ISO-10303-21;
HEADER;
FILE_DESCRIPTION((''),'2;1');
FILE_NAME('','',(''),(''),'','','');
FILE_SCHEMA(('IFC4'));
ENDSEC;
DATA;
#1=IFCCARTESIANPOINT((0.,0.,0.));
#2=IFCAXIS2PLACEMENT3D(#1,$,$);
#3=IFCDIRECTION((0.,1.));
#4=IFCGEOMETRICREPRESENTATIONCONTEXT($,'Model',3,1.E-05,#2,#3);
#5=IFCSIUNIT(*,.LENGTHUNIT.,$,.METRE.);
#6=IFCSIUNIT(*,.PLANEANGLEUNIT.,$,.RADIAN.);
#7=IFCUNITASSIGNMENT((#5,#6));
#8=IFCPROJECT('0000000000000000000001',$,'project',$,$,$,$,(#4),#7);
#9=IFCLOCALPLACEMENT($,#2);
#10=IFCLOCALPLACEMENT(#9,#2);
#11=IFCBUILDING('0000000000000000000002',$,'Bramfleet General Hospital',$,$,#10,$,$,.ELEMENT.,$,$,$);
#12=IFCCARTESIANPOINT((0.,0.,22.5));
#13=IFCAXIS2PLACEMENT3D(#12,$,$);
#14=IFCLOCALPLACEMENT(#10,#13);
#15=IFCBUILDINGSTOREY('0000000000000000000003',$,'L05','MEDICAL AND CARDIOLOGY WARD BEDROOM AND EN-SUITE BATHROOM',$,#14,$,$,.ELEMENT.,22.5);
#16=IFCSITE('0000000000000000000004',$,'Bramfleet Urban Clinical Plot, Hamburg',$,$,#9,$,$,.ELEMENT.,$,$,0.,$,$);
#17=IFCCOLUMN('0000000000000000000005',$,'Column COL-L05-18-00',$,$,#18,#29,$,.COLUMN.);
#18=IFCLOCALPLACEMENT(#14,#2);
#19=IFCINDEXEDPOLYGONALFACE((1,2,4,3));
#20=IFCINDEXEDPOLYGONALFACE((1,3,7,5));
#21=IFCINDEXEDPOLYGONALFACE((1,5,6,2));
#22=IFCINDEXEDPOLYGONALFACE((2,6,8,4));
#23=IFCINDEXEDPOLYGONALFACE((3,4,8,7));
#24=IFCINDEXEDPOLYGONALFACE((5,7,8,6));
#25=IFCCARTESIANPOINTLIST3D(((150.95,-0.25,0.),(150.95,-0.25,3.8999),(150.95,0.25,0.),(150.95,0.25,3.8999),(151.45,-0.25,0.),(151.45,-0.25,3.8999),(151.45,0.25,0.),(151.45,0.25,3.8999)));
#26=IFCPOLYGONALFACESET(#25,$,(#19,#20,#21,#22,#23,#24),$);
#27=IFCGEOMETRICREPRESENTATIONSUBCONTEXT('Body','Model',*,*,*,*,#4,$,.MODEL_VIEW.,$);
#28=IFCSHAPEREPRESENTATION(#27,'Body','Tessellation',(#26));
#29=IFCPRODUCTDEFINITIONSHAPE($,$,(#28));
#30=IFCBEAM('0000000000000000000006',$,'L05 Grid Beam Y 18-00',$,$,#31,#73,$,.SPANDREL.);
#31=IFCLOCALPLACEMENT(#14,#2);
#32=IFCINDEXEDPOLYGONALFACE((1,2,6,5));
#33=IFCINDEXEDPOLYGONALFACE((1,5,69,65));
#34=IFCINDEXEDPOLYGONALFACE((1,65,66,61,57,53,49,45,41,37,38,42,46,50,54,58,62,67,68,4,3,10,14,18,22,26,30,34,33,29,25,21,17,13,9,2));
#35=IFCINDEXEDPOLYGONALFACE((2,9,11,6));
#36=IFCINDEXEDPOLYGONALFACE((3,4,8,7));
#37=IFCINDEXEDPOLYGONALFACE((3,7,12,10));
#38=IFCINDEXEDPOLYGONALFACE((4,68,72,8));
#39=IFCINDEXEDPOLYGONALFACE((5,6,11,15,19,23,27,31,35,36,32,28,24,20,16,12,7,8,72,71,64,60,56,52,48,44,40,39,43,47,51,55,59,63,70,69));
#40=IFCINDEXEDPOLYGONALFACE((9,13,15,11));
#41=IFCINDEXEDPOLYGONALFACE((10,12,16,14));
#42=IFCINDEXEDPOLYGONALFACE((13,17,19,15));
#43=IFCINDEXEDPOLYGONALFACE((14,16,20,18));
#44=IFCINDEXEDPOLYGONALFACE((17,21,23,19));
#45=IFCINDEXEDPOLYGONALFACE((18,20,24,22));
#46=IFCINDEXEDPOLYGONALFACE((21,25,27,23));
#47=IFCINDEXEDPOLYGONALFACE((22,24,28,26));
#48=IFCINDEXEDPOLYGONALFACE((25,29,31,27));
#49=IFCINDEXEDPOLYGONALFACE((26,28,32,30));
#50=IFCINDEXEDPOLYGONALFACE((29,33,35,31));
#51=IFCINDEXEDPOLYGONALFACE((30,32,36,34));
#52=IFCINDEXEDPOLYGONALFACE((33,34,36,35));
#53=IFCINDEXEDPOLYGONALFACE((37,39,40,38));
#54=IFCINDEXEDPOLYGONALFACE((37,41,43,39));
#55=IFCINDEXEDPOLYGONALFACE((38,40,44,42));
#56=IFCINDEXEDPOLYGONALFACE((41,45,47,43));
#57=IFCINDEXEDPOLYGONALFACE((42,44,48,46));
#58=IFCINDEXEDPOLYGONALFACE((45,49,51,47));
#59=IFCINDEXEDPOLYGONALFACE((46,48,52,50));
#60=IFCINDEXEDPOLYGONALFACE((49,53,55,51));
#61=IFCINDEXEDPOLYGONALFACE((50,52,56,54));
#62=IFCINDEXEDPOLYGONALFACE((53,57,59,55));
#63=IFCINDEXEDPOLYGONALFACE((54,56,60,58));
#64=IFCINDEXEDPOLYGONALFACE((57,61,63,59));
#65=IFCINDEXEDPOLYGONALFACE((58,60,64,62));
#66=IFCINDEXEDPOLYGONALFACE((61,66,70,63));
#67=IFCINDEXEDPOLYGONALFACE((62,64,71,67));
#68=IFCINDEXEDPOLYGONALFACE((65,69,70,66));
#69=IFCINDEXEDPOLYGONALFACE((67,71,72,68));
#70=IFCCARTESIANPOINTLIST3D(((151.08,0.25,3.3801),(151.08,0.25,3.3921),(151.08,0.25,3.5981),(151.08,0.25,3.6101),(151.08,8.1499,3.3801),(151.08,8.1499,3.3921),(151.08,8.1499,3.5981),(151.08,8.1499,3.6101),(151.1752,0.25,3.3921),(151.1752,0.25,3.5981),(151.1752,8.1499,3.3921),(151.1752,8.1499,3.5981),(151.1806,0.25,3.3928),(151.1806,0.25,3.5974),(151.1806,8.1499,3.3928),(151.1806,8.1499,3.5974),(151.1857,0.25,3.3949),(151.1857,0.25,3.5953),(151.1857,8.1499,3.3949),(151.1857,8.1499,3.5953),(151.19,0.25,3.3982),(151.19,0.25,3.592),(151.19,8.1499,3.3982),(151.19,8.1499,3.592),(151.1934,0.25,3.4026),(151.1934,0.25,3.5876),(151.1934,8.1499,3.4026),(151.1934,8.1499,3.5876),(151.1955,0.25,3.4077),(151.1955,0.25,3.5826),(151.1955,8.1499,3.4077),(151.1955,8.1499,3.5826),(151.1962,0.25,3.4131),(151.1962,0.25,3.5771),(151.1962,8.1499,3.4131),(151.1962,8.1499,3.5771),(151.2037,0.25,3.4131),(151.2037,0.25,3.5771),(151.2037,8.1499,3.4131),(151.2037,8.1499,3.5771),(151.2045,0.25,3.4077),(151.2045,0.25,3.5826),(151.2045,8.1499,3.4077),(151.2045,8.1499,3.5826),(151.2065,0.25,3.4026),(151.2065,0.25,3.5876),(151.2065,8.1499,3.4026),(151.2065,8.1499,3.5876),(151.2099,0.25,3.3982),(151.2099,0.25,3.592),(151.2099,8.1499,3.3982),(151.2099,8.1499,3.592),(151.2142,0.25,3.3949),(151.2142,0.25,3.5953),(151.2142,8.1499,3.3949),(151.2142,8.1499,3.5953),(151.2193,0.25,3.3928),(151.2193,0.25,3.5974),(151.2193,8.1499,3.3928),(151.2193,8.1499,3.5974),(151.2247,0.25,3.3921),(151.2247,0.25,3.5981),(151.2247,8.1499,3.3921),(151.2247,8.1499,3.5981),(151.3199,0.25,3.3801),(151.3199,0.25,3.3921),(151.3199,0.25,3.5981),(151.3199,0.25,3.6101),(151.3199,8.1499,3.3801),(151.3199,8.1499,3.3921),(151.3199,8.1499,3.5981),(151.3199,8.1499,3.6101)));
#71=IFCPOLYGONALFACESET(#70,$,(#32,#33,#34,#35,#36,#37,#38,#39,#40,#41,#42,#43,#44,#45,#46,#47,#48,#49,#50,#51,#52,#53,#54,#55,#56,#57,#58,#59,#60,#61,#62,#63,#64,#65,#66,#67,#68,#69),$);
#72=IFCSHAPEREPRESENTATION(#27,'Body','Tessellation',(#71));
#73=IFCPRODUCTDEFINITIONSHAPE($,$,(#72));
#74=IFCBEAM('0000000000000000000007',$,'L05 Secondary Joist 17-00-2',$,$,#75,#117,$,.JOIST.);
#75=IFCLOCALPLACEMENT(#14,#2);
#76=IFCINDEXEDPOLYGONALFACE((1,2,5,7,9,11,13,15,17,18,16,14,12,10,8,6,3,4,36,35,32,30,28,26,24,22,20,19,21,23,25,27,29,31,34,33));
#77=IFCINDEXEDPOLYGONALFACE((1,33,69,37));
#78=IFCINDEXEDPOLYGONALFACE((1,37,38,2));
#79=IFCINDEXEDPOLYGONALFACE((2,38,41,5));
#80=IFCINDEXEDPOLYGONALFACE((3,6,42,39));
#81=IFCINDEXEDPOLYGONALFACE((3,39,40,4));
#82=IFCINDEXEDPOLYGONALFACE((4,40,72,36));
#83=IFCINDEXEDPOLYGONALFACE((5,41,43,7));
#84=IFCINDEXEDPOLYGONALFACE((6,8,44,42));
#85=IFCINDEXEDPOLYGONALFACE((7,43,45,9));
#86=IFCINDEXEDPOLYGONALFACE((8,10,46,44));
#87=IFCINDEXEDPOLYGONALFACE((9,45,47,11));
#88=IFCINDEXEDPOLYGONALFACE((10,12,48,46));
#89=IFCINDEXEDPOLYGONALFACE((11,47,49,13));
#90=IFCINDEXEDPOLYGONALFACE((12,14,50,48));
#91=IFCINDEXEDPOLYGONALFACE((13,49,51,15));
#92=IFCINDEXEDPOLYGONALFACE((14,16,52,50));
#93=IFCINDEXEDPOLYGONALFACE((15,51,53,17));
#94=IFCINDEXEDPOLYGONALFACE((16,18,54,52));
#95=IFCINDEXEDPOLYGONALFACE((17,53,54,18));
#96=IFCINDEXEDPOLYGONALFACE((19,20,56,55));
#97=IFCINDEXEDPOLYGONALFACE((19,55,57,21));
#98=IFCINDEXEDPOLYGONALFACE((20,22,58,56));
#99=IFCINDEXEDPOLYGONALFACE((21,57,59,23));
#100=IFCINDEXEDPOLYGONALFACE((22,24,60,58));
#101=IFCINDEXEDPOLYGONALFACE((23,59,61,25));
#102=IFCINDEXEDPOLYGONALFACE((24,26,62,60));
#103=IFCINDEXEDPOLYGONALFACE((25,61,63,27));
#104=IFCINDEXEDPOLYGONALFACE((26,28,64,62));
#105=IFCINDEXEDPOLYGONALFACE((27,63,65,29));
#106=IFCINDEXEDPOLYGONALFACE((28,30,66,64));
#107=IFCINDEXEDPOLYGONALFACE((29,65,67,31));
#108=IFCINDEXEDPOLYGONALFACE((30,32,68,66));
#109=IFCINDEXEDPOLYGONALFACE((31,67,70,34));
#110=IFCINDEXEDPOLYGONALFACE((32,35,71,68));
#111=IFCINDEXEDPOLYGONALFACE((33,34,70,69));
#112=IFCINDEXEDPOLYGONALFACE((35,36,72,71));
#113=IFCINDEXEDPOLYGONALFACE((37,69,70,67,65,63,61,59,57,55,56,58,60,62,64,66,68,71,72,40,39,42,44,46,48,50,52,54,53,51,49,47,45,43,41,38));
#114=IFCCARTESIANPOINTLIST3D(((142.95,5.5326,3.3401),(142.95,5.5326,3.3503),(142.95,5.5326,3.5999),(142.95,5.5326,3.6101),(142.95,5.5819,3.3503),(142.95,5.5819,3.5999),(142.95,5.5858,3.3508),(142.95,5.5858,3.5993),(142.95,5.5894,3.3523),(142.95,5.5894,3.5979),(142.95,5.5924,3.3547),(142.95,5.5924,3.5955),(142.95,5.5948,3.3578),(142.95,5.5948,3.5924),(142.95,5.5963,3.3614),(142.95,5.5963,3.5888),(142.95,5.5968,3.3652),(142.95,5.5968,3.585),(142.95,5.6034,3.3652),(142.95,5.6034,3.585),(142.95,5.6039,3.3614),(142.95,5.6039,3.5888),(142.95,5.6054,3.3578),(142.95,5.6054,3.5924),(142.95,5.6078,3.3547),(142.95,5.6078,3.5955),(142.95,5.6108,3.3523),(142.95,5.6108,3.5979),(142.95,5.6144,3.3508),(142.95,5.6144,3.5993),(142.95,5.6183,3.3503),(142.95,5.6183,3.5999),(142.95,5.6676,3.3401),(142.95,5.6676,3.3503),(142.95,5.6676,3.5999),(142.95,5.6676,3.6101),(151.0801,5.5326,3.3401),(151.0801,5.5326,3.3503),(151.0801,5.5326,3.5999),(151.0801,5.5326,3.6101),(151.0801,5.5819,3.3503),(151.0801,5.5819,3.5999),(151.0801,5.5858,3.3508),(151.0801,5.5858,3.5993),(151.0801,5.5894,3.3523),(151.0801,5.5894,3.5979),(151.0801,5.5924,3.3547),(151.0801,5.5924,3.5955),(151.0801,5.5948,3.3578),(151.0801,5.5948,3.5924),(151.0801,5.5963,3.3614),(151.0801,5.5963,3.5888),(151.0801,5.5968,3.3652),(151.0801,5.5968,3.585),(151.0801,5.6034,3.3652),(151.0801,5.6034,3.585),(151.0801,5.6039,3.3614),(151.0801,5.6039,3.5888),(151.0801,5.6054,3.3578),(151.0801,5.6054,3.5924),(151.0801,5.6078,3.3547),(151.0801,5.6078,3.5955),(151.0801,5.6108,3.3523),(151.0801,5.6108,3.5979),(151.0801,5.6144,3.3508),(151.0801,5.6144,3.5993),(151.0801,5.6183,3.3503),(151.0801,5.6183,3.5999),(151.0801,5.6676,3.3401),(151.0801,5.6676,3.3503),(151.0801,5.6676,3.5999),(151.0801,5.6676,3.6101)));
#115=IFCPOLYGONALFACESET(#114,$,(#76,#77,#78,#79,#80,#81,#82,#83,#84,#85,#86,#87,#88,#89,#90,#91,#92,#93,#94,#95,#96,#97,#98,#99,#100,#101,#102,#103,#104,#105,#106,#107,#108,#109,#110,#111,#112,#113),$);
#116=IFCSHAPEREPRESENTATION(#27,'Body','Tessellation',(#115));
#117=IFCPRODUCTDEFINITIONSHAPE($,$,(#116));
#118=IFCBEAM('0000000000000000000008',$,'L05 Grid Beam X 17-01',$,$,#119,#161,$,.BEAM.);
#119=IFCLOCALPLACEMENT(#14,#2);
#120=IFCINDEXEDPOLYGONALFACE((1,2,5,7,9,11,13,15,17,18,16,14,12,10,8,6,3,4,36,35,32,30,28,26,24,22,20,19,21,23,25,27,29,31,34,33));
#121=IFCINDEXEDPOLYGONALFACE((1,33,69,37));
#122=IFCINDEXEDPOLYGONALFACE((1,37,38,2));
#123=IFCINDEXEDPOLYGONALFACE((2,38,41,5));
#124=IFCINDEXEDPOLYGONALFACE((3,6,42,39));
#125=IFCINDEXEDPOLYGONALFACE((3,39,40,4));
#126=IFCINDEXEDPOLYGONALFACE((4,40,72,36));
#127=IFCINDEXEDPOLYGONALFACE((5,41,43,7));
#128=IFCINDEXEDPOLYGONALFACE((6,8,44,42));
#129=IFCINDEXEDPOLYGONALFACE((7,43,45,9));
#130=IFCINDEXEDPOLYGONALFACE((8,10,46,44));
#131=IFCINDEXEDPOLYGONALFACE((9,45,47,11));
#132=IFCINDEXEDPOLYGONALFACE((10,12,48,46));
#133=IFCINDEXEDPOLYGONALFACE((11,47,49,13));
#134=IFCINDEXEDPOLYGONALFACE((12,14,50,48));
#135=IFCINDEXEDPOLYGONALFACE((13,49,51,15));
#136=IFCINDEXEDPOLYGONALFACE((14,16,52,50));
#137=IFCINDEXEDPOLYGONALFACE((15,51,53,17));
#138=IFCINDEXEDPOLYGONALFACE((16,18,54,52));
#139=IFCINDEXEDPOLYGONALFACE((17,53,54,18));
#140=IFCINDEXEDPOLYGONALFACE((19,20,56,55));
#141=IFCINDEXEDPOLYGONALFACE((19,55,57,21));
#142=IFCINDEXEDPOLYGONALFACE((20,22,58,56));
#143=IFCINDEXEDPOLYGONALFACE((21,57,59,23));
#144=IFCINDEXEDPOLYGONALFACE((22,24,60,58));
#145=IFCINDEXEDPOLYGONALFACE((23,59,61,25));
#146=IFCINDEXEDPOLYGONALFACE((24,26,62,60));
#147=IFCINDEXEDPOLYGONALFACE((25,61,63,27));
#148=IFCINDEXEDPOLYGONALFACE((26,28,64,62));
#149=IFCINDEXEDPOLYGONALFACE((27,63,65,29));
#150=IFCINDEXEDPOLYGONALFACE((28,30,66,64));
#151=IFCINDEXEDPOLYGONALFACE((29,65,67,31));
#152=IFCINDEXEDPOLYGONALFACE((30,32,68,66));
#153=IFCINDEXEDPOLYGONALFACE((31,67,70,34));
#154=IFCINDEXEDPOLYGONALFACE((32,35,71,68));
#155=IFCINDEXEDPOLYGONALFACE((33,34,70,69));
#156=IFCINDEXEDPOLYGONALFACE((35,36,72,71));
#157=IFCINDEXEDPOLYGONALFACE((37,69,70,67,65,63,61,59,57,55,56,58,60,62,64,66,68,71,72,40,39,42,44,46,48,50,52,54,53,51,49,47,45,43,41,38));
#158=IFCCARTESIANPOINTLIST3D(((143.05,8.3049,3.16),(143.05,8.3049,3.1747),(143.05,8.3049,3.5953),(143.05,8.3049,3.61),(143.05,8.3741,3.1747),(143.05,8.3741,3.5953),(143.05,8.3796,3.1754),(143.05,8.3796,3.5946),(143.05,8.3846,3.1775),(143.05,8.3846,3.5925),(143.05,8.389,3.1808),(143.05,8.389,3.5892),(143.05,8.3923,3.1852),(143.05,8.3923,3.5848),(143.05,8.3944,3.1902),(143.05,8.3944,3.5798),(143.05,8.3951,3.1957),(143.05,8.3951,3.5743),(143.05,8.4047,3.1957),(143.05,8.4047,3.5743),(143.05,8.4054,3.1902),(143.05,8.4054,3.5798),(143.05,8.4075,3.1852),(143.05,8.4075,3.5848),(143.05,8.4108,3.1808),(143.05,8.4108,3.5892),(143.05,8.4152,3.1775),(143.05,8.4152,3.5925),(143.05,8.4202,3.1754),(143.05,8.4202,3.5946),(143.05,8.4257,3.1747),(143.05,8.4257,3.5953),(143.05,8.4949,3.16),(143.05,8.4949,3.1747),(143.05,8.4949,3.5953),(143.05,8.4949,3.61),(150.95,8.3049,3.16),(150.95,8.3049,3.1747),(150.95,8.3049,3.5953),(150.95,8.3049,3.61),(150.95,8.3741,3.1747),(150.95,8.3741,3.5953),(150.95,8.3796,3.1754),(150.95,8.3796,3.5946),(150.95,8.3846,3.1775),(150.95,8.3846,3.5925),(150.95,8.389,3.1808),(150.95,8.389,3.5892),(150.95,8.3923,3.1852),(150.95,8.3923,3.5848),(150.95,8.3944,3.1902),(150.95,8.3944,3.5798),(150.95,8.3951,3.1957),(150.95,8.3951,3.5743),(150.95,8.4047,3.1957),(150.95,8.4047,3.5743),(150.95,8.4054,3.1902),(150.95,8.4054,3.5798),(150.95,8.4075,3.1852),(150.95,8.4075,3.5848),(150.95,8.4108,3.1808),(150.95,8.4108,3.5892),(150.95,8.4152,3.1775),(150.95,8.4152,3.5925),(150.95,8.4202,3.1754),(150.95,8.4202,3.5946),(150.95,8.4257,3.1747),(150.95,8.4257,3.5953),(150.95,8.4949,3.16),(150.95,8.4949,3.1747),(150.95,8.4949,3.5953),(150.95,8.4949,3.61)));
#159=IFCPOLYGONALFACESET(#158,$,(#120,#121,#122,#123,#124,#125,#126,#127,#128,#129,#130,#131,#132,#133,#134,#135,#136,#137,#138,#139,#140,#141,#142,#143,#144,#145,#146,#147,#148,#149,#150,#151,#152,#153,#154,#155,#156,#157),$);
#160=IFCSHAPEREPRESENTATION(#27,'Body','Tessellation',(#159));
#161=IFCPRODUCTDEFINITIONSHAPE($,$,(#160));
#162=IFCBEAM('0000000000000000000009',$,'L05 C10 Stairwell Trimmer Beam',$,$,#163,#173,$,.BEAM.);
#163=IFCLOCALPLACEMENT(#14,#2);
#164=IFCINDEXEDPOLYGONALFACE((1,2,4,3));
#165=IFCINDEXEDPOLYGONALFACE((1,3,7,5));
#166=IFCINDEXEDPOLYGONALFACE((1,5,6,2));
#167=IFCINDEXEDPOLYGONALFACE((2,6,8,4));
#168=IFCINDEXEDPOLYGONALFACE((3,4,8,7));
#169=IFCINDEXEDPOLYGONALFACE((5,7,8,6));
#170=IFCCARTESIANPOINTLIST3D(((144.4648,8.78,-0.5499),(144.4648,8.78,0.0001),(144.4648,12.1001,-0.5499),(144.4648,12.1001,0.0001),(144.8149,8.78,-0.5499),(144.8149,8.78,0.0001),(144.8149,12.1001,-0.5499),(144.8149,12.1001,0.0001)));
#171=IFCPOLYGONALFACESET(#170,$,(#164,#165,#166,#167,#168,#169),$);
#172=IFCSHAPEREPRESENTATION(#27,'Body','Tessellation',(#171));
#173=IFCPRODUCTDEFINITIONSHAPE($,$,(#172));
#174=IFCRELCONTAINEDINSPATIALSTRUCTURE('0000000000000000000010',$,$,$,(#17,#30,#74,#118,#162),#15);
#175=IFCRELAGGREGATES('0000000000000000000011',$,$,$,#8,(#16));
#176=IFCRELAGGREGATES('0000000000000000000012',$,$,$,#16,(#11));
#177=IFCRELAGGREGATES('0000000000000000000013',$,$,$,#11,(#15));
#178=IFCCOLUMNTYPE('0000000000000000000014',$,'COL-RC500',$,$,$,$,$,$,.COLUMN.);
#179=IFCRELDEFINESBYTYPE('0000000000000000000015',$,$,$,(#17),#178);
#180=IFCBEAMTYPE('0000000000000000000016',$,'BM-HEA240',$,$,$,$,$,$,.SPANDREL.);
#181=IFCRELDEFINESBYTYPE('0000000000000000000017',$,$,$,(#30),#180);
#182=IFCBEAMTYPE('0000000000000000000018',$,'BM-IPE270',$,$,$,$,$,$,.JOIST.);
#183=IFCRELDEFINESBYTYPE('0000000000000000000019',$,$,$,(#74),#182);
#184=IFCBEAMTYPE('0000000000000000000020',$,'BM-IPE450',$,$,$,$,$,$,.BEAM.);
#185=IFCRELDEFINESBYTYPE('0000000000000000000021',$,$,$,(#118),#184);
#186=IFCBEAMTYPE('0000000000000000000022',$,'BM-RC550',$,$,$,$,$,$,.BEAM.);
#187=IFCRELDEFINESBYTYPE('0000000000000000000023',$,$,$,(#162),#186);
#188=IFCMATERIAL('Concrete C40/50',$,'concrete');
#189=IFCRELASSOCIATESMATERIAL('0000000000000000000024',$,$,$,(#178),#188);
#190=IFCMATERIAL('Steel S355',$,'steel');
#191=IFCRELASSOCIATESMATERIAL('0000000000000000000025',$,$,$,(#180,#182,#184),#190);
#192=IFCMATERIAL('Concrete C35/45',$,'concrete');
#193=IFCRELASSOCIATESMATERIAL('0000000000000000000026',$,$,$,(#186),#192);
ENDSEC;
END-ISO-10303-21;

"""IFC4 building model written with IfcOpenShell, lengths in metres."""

from ifc_helpers import new_model, si_unit, direction, frame, origin, origin_2d, place, context, subcontext, project, spatial, rectangle, i_section, extrude, material, material_profile, profile_set, type_object, element, save


model = new_model("IFC4")

# Units and contexts
model_context = context("Model", 3, precision=1e-05, world=origin(), true_north=direction((0.0, 1.0)))
body_context = subcontext(model_context, "Body", "Model", "MODEL_VIEW")
ifc_project = project(units=[si_unit("LENGTHUNIT", "METRE"), si_unit("PLANEANGLEUNIT", "RADIAN")], contexts=[model_context])

# Site, building, storey
site_placement = place(None, origin())
site = spatial("IfcSite", under=ifc_project, at=site_placement, Name="Bramfleet Urban Clinical Plot, Hamburg", CompositionType="ELEMENT", RefElevation=0.0)
building_placement = place(site_placement, origin())
building = spatial("IfcBuilding", under=site, at=building_placement, Name="Bramfleet General Hospital", CompositionType="ELEMENT")
storey_placement = place(building_placement, frame((0.0, 0.0, 22.5)))
storey = spatial("IfcBuildingStorey", under=building, at=storey_placement, Name="L05", Description="MEDICAL AND CARDIOLOGY WARD BEDROOM AND EN-SUITE BATHROOM", CompositionType="ELEMENT", Elevation=22.5)

# Column
ifc_material_1 = material(Name="Concrete C40/50", Category="concrete")
ifc_material_profile_1 = material_profile(ifc_material_1, rectangle(XDim=0.5, YDim=0.5, at=origin_2d()), Name="RC COL 500x500")
ifc_profile_set_1 = profile_set([ifc_material_profile_1], Name="Concrete C40/50")
column_type = type_object("IfcColumnType", Name="COL-RC500", PredefinedType="COLUMN", material=ifc_profile_set_1)
column_placement = place(storey_placement, frame((151.2, 0.0, 0.0), z_axis=(0.0, 0.0, 1.0), x_axis=(1.0, 0.0, 0.0)))
element("IfcColumn", 1, at=column_placement, inside=storey, type_object=column_type, Name="Column COL-L05-18-00", PredefinedType="COLUMN", context=body_context, shape_type="SweptSolid", body=[
    extrude(rectangle(XDim=0.5, YDim=0.5, at=origin_2d()), origin(), (0.0, 0.0, 1.0), 3.8999),
])

# Beams
ifc_material_2 = material(Name="Steel S355", Category="steel")
ifc_material_profile_2 = material_profile(ifc_material_2, i_section(OverallWidth=0.24, OverallDepth=0.23, WebThickness=0.0076, FlangeThickness=0.012, FilletRadius=0.021, at=origin_2d()), Name="HEA 240")
ifc_profile_set_2 = profile_set([ifc_material_profile_2], Name="Steel S355")
beam_type_1 = type_object("IfcBeamType", Name="BM-HEA240", PredefinedType="SPANDREL", material=ifc_profile_set_2)
beam_1_placement = place(storey_placement, frame((151.2, 0.25, 3.4951), z_axis=(0.0, 1.0, 0.0), x_axis=(-1.0, 0.0, 0.0)))
element("IfcBeam", 2, at=beam_1_placement, inside=storey, type_object=beam_type_1, Name="L05 Grid Beam Y 18-00", PredefinedType="SPANDREL", context=body_context, shape_type="SweptSolid", body=[
    extrude(i_section(OverallWidth=0.24, OverallDepth=0.23, WebThickness=0.0076, FlangeThickness=0.012, FilletRadius=0.021, at=origin_2d()), origin(), (0.0, 0.0, 1.0), 7.8999),
])
ifc_material_profile_3 = material_profile(ifc_material_2, i_section(OverallWidth=0.135, OverallDepth=0.27, WebThickness=0.0066, FlangeThickness=0.0103, FilletRadius=0.0149, at=origin_2d()), Name="IPE 270")
ifc_profile_set_3 = profile_set([ifc_material_profile_3], Name="Steel S355")
beam_type_2 = type_object("IfcBeamType", Name="BM-IPE270", PredefinedType="JOIST", material=ifc_profile_set_3)
beam_2_placement = place(storey_placement, frame((142.95, 5.6001, 3.4751), z_axis=(1.0, 0.0, 0.0), x_axis=(0.0, 1.0, 0.0)))
element("IfcBeam", 3, at=beam_2_placement, inside=storey, type_object=beam_type_2, Name="L05 Secondary Joist 17-00-2", PredefinedType="JOIST", context=body_context, shape_type="SweptSolid", body=[
    extrude(i_section(OverallWidth=0.135, OverallDepth=0.27, WebThickness=0.0066, FlangeThickness=0.0103, FilletRadius=0.0149, at=origin_2d()), origin(), (0.0, 0.0, 1.0), 8.1301),
])
ifc_material_profile_4 = material_profile(ifc_material_2, i_section(OverallWidth=0.1899, OverallDepth=0.45, WebThickness=0.0095, FlangeThickness=0.0146, FilletRadius=0.021, at=origin_2d()), Name="IPE 450")
ifc_profile_set_4 = profile_set([ifc_material_profile_4], Name="Steel S355")
beam_type_3 = type_object("IfcBeamType", Name="BM-IPE450", PredefinedType="BEAM", material=ifc_profile_set_4)
beam_3_placement = place(storey_placement, frame((143.05, 8.3999, 3.385), z_axis=(1.0, 0.0, 0.0), x_axis=(0.0, 1.0, 0.0)))
element("IfcBeam", 4, at=beam_3_placement, inside=storey, type_object=beam_type_3, Name="L05 Grid Beam X 17-01", PredefinedType="BEAM", context=body_context, shape_type="SweptSolid", body=[
    extrude(i_section(OverallWidth=0.1899, OverallDepth=0.45, WebThickness=0.0095, FlangeThickness=0.0146, FilletRadius=0.021, at=origin_2d()), origin(), (0.0, 0.0, 1.0), 7.8999),
])
ifc_material_3 = material(Name="Concrete C35/45", Category="concrete")
ifc_material_profile_5 = material_profile(ifc_material_3, rectangle(XDim=0.3501, YDim=0.55, at=origin_2d()), Name="RC BM 550x350")
ifc_profile_set_5 = profile_set([ifc_material_profile_5], Name="Concrete C35/45")
beam_type_4 = type_object("IfcBeamType", Name="BM-RC550", PredefinedType="BEAM", material=ifc_profile_set_5)
beam_4_placement = place(storey_placement, frame((144.6399, 8.78, -0.2749), z_axis=(0.0, 1.0, 0.0), x_axis=(-1.0, 0.0, 0.0)))
element("IfcBeam", 5, at=beam_4_placement, inside=storey, type_object=beam_type_4, Name="L05 C10 Stairwell Trimmer Beam", PredefinedType="BEAM", context=body_context, shape_type="SweptSolid", body=[
    extrude(rectangle(XDim=0.3501, YDim=0.55, at=origin_2d()), origin(), (0.0, 0.0, 1.0), 3.3201),
])

save(model, "model.ifc")
